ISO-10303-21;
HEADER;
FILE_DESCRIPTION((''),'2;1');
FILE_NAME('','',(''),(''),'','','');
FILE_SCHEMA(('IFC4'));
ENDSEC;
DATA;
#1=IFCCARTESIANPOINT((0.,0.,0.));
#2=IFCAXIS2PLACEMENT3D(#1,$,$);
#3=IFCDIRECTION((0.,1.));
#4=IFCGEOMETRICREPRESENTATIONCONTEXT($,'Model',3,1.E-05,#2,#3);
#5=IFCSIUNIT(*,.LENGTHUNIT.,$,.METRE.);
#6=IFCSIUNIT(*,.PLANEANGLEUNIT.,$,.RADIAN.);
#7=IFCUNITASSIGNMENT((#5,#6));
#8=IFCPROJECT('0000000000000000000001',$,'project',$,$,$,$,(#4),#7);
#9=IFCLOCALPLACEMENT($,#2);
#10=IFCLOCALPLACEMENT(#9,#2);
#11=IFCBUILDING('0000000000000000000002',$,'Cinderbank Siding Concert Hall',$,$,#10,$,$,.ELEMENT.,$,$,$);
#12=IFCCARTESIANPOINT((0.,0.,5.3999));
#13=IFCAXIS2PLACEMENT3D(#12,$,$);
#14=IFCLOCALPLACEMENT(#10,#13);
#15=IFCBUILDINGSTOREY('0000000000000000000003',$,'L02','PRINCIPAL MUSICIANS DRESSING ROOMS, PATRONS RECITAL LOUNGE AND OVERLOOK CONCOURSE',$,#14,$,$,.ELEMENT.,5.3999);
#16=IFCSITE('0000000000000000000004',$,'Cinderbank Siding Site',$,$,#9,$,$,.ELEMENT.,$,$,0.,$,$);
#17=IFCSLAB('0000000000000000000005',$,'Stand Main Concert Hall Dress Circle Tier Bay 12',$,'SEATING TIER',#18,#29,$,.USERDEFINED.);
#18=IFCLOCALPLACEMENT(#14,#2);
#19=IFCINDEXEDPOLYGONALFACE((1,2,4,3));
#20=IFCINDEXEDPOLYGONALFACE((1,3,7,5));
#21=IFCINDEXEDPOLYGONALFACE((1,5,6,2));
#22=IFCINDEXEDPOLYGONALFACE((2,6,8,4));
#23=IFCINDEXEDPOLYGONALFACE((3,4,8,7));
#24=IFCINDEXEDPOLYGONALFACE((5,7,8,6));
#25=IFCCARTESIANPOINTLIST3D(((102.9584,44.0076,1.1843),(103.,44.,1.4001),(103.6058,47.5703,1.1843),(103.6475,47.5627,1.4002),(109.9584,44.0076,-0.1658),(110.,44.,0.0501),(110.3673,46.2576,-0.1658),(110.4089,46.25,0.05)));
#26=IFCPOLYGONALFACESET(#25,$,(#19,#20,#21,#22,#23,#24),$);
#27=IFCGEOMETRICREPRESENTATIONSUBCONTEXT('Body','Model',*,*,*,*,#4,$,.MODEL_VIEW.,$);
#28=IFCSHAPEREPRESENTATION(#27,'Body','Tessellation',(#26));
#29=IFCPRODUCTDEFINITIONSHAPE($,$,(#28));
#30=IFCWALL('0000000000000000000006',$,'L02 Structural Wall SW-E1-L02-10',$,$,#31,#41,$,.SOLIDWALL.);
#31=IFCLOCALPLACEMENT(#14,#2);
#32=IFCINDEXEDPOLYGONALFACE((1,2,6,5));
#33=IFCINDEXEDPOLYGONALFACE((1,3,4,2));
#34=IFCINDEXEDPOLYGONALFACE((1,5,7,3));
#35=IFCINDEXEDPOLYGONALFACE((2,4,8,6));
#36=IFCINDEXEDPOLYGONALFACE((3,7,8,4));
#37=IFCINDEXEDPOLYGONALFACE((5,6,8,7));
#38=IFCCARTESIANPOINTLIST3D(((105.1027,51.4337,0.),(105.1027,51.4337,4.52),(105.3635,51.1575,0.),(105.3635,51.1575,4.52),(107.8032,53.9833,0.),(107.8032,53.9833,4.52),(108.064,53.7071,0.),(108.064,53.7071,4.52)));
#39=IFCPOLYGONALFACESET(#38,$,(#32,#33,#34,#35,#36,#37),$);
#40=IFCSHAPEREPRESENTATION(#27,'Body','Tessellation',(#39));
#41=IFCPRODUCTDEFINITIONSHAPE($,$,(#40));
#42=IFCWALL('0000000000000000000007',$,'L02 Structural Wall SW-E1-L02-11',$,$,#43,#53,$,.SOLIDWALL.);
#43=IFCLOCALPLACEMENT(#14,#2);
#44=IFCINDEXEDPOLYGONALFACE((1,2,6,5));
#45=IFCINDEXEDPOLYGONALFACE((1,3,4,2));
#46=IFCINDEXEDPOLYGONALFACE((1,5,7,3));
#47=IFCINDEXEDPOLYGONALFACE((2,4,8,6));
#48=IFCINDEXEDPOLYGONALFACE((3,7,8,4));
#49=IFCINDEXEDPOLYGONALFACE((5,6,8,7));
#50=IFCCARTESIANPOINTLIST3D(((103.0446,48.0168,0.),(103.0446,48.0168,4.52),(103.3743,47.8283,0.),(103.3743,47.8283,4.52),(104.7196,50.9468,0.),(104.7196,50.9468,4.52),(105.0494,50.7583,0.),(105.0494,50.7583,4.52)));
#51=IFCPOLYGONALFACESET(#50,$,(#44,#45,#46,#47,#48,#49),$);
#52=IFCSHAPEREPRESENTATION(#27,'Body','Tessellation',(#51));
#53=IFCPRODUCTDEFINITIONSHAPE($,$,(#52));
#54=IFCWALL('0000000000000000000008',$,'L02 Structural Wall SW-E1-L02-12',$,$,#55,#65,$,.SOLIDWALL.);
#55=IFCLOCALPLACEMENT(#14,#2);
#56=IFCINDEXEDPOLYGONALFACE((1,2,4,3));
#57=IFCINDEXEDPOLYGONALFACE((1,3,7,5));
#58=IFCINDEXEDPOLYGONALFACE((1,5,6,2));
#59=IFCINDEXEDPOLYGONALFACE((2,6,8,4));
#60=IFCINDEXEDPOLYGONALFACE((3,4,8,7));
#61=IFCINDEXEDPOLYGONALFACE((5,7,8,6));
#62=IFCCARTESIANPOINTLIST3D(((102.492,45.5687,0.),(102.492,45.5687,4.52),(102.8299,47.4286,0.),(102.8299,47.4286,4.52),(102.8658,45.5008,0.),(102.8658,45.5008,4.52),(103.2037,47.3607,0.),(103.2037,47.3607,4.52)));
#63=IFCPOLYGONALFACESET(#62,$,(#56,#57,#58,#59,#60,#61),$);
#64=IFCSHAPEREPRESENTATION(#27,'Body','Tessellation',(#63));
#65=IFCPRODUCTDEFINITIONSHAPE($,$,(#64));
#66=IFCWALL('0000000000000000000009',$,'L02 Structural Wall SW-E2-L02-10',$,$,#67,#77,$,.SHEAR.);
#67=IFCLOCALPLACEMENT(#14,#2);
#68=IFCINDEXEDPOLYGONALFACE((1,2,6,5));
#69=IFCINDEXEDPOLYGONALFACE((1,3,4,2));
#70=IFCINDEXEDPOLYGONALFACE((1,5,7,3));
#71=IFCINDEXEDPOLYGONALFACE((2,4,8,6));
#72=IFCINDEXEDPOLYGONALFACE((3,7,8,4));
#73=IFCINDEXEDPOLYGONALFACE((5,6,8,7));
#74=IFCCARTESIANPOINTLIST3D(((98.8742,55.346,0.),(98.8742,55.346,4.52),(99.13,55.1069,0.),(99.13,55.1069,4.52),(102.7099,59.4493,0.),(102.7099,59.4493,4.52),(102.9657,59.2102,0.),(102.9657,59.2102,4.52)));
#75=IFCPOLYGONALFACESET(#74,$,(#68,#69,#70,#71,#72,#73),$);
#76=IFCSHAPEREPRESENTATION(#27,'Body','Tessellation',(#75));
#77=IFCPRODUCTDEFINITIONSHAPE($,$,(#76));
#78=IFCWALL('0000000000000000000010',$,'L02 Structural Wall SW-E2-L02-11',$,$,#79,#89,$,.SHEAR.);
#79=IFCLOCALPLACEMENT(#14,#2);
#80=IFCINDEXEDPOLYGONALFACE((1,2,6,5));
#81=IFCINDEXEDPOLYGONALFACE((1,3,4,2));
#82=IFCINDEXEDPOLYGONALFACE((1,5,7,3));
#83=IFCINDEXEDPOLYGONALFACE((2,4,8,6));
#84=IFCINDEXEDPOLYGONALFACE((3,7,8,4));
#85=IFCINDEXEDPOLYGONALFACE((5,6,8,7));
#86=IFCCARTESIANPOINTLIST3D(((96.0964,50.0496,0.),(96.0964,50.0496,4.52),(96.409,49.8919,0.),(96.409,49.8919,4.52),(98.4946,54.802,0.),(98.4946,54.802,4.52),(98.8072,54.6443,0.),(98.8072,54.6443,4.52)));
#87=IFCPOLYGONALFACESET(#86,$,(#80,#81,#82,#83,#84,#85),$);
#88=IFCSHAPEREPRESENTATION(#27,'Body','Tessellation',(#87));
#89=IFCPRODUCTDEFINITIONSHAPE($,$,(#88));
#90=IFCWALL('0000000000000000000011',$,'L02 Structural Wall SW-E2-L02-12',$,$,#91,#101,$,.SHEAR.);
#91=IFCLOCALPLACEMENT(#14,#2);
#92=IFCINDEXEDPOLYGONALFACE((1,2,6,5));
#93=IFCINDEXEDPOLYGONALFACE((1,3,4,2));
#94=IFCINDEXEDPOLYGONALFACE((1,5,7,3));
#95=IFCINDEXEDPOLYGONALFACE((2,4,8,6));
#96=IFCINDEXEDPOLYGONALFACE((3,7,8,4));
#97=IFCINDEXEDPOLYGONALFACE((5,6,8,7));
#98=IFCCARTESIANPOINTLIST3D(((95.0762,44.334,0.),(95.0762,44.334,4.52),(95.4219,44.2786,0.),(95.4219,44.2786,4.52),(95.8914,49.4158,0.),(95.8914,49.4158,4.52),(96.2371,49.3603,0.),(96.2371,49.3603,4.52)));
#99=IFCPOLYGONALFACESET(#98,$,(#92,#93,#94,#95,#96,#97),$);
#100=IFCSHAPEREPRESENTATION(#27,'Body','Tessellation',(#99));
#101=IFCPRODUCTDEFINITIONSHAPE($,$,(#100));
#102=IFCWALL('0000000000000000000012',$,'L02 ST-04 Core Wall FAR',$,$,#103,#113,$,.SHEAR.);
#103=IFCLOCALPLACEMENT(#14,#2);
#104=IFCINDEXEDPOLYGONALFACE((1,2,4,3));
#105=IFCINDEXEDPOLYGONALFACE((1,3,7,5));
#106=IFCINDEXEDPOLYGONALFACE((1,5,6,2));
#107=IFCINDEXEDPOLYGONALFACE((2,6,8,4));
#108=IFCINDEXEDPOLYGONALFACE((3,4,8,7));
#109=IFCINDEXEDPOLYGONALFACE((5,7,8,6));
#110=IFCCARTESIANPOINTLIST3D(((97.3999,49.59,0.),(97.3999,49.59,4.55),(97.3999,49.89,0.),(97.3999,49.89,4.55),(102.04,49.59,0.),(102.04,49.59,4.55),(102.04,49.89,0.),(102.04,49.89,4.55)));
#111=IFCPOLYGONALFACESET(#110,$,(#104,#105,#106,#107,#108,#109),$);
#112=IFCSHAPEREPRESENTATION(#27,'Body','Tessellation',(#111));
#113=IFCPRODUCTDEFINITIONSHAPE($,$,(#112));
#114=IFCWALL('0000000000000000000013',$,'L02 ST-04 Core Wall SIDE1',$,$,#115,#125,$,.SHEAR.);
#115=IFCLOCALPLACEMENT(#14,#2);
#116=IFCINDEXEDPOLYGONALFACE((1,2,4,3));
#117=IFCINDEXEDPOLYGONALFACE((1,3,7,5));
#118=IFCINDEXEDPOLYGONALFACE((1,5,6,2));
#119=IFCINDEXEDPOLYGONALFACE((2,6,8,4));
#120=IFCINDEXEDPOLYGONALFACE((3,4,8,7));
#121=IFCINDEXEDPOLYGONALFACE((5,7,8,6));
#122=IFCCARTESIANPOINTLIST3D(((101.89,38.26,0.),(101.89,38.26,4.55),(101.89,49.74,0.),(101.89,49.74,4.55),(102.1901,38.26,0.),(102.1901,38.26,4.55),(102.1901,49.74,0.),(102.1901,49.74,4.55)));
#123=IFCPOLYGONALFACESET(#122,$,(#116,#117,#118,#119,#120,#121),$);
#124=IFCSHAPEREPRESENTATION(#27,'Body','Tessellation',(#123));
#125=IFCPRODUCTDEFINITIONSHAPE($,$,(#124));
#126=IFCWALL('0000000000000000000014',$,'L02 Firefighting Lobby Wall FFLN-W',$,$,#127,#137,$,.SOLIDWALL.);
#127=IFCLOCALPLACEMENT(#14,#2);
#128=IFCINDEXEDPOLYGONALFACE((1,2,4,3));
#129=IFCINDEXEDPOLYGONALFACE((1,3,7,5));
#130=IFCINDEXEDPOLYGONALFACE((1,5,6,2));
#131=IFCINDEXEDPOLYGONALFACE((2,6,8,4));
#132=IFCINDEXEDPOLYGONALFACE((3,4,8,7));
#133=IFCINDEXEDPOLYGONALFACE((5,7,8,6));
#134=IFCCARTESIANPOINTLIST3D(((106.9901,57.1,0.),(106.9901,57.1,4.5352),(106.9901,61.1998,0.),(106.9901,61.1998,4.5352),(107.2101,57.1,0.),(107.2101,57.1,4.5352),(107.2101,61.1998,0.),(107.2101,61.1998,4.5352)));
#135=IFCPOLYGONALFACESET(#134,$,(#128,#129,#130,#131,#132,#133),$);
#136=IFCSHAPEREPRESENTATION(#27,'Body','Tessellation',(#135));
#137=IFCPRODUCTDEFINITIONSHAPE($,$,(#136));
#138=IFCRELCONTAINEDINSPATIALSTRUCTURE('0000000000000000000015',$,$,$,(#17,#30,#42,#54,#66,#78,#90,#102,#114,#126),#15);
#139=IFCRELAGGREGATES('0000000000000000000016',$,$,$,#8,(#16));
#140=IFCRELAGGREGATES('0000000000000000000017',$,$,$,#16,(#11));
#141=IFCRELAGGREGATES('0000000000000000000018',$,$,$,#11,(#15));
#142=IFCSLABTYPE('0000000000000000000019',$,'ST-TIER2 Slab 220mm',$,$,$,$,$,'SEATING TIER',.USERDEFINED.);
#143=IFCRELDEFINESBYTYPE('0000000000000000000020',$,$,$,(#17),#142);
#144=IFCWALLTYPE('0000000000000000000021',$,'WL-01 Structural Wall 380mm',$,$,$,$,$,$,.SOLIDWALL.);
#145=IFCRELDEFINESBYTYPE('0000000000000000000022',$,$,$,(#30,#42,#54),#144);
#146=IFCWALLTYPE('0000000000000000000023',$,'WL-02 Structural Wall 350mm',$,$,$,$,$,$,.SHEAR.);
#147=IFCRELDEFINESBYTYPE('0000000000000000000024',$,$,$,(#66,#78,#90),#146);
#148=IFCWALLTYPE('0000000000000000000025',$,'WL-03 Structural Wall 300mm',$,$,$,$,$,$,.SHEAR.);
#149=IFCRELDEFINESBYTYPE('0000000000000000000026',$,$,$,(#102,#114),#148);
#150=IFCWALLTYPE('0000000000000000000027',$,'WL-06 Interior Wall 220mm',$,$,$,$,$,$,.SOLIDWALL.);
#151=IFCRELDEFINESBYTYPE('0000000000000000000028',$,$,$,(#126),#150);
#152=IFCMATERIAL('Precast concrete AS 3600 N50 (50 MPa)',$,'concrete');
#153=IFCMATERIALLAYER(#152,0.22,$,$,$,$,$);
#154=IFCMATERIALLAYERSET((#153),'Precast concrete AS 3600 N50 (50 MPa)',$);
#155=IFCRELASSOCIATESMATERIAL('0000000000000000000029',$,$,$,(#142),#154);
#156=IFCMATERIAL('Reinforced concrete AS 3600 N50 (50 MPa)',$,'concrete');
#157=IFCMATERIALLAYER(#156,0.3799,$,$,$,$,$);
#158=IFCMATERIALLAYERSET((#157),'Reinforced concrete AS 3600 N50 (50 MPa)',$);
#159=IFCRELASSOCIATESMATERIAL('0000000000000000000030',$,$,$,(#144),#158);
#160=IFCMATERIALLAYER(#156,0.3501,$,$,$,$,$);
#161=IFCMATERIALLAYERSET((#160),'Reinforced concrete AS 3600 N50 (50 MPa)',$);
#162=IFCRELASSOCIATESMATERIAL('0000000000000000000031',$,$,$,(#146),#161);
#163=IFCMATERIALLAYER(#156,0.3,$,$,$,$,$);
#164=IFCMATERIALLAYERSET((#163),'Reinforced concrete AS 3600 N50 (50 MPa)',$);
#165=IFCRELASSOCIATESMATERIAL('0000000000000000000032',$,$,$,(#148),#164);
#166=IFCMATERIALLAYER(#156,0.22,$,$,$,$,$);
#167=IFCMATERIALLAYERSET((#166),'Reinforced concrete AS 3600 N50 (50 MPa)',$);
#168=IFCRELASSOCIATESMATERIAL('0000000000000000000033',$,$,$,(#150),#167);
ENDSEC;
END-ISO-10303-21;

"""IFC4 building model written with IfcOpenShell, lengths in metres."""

from ifc_helpers import new_model, si_unit, direction, frame, frame_2d, origin, place, context, subcontext, project, spatial, polyline, rectangle, outline, extrude, material, layer, layer_set, type_object, element, save


model = new_model("IFC4")

# Units and contexts
model_context = context("Model", 3, precision=1e-05, world=origin(), true_north=direction((0.0, 1.0)))
body_context = subcontext(model_context, "Body", "Model", "MODEL_VIEW")
ifc_project = project(units=[si_unit("LENGTHUNIT", "METRE"), si_unit("PLANEANGLEUNIT", "RADIAN")], contexts=[model_context])

# Site, building, storey
site_placement = place(None, origin())
site = spatial("IfcSite", under=ifc_project, at=site_placement, Name="Cinderbank Siding Site", CompositionType="ELEMENT", RefElevation=0.0)
building_placement = place(site_placement, origin())
building = spatial("IfcBuilding", under=site, at=building_placement, Name="Cinderbank Siding Concert Hall", CompositionType="ELEMENT")
storey_placement = place(building_placement, frame((0.0, 0.0, 5.3999)))
storey = spatial("IfcBuildingStorey", under=building, at=storey_placement, Name="L02", Description="PRINCIPAL MUSICIANS DRESSING ROOMS, PATRONS RECITAL LOUNGE AND OVERLOOK CONCOURSE", CompositionType="ELEMENT", Elevation=5.3999)

# Shared definitions
ifc_material_1 = material(Name="Reinforced concrete AS 3600 N50 (50 MPa)", Category="concrete")

# Slab
ifc_material_2 = material(Name="Precast concrete AS 3600 N50 (50 MPa)", Category="concrete")
ifc_layer_1 = layer(ifc_material_2, 0.22)
ifc_layer_set_1 = layer_set([ifc_layer_1], Name="Precast concrete AS 3600 N50 (50 MPa)")
slab_type = type_object("IfcSlabType", Name="ST-TIER2 Slab 220mm", ElementType="SEATING TIER", PredefinedType="USERDEFINED", material=ifc_layer_set_1)
slab_placement = place(storey_placement, frame((110.4089, 46.25, 0.05), z_axis=(0.189268, -0.034397, 0.981323), x_axis=(-0.178819, -0.983882, 0.000002)))
element("IfcSlab", 1, at=slab_placement, inside=storey, type_object=slab_type, Name="Stand Main Concert Hall Dress Circle Tier Bay 12", ObjectType="SEATING TIER", PredefinedType="USERDEFINED", context=body_context, shape_type="SweptSolid", body=[
    extrude(outline(polyline([(0.0, 0.0), (2.2869, 0.0), (3.5386, -7.0183), (-0.0825, -7.0183), (0.0, 0.0)])), origin(), (0.0, 0.0, -1.0), 0.22),
])

# Walls
ifc_layer_2 = layer(ifc_material_1, 0.3799)
ifc_layer_set_2 = layer_set([ifc_layer_2], Name="Reinforced concrete AS 3600 N50 (50 MPa)")
wall_type_1 = type_object("IfcWallType", Name="WL-01 Structural Wall 380mm", PredefinedType="SOLIDWALL", material=ifc_layer_set_2)
wall_1_placement = place(storey_placement, frame((107.9336, 53.8452, 0.0), z_axis=(0.0, 0.0, 1.0), x_axis=(-0.727128, -0.686502, 0.0)))
element("IfcWall", 2, at=wall_1_placement, inside=storey, type_object=wall_type_1, Name="L02 Structural Wall SW-E1-L02-10", PredefinedType="SOLIDWALL", context=body_context, shape_type="SweptSolid", body=[
    extrude(rectangle(XDim=3.7139, YDim=0.3799, at=frame_2d((1.8569, 0.0))), origin(), (0.0, 0.0, 1.0), 4.52),
])
wall_2_placement = place(storey_placement, frame((104.8845, 50.8525, 0.0), z_axis=(0.0, 0.0, 1.0), x_axis=(-0.496318, -0.868141, 0.0)))
element("IfcWall", 3, at=wall_2_placement, inside=storey, type_object=wall_type_1, Name="L02 Structural Wall SW-E1-L02-11", PredefinedType="SOLIDWALL", context=body_context, shape_type="SweptSolid", body=[
    extrude(rectangle(XDim=3.375, YDim=0.3799, at=frame_2d((1.6875, 0.0))), origin(), (0.0, 0.0, 1.0), 4.52),
])
wall_3_placement = place(storey_placement, frame((103.0168, 47.3948, 0.0), z_axis=(0.0, 0.0, 1.0), x_axis=(-0.178749, -0.983895, 0.0)))
element("IfcWall", 4, at=wall_3_placement, inside=storey, type_object=wall_type_1, Name="L02 Structural Wall SW-E1-L02-12", PredefinedType="SOLIDWALL", context=body_context, shape_type="SweptSolid", body=[
    extrude(rectangle(XDim=1.8904, YDim=0.3799, at=frame_2d((0.9453, 0.0))), origin(), (0.0, 0.0, 1.0), 4.52),
])
ifc_layer_3 = layer(ifc_material_1, 0.3501)
ifc_layer_set_3 = layer_set([ifc_layer_3], Name="Reinforced concrete AS 3600 N50 (50 MPa)")
wall_type_2 = type_object("IfcWallType", Name="WL-02 Structural Wall 350mm", PredefinedType="SHEAR", material=ifc_layer_set_3)
wall_4_placement = place(storey_placement, frame((102.8379, 59.3298, 0.0), z_axis=(0.0, 0.0, 1.0), x_axis=(-0.682886, -0.730525, 0.0)))
element("IfcWall", 5, at=wall_4_placement, inside=storey, type_object=wall_type_2, Name="L02 Structural Wall SW-E2-L02-10", PredefinedType="SHEAR", context=body_context, shape_type="SweptSolid", body=[
    extrude(rectangle(XDim=5.6169, YDim=0.3501, at=frame_2d((2.8086, 0.0))), origin(), (0.0, 0.0, 1.0), 4.52),
])
wall_5_placement = place(storey_placement, frame((98.6509, 54.7231, 0.0), z_axis=(0.0, 0.0, 1.0), x_axis=(-0.450513, -0.89277, 0.0)))
element("IfcWall", 6, at=wall_5_placement, inside=storey, type_object=wall_type_2, Name="L02 Structural Wall SW-E2-L02-11", PredefinedType="SHEAR", context=body_context, shape_type="SweptSolid", body=[
    extrude(rectangle(XDim=5.3232, YDim=0.3501, at=frame_2d((2.6616, 0.0))), origin(), (0.0, 0.0, 1.0), 4.52),
])
wall_6_placement = place(storey_placement, frame((96.0642, 49.3879, 0.0), z_axis=(0.0, 0.0, 1.0), x_axis=(-0.158388, -0.987377, 0.0)))
element("IfcWall", 7, at=wall_6_placement, inside=storey, type_object=wall_type_2, Name="L02 Structural Wall SW-E2-L02-12", PredefinedType="SHEAR", context=body_context, shape_type="SweptSolid", body=[
    extrude(rectangle(XDim=5.1467, YDim=0.3501, at=frame_2d((2.5732, 0.0))), origin(), (0.0, 0.0, 1.0), 4.52),
])
ifc_layer_4 = layer(ifc_material_1, 0.3)
ifc_layer_set_4 = layer_set([ifc_layer_4], Name="Reinforced concrete AS 3600 N50 (50 MPa)")
wall_type_3 = type_object("IfcWallType", Name="WL-03 Structural Wall 300mm", PredefinedType="SHEAR", material=ifc_layer_set_4)
wall_7_placement = place(storey_placement, frame((97.3999, 49.74, 0.0), z_axis=(0.0, 0.0, 1.0), x_axis=(1.0, 0.0, 0.0)))
element("IfcWall", 8, at=wall_7_placement, inside=storey, type_object=wall_type_3, Name="L02 ST-04 Core Wall FAR", PredefinedType="SHEAR", context=body_context, shape_type="SweptSolid", body=[
    extrude(rectangle(XDim=4.6401, YDim=0.3, at=frame_2d((2.3201, 0.0))), origin(), (0.0, 0.0, 1.0), 4.55),
])
wall_8_placement = place(storey_placement, frame((102.04, 49.74, 0.0), z_axis=(0.0, 0.0, 1.0), x_axis=(0.0, -1.0, 0.0)))
element("IfcWall", 9, at=wall_8_placement, inside=storey, type_object=wall_type_3, Name="L02 ST-04 Core Wall SIDE1", PredefinedType="SHEAR", context=body_context, shape_type="SweptSolid", body=[
    extrude(rectangle(XDim=11.48, YDim=0.3, at=frame_2d((5.74, 0.0))), origin(), (0.0, 0.0, 1.0), 4.55),
])
ifc_layer_5 = layer(ifc_material_1, 0.22)
ifc_layer_set_5 = layer_set([ifc_layer_5], Name="Reinforced concrete AS 3600 N50 (50 MPa)")
wall_type_4 = type_object("IfcWallType", Name="WL-06 Interior Wall 220mm", PredefinedType="SOLIDWALL", material=ifc_layer_set_5)
wall_9_placement = place(storey_placement, frame((107.1001, 57.1001, 0.0), z_axis=(0.0, 0.0, 1.0), x_axis=(0.0, 1.0, 0.0)))
element("IfcWall", 10, at=wall_9_placement, inside=storey, type_object=wall_type_4, Name="L02 Firefighting Lobby Wall FFLN-W", PredefinedType="SOLIDWALL", context=body_context, shape_type="SweptSolid", body=[
    extrude(rectangle(XDim=4.0999, YDim=0.22, at=frame_2d((2.0498, 0.0))), origin(), (0.0, 0.0, 1.0), 4.5352),
])

save(model, "model.ifc")
